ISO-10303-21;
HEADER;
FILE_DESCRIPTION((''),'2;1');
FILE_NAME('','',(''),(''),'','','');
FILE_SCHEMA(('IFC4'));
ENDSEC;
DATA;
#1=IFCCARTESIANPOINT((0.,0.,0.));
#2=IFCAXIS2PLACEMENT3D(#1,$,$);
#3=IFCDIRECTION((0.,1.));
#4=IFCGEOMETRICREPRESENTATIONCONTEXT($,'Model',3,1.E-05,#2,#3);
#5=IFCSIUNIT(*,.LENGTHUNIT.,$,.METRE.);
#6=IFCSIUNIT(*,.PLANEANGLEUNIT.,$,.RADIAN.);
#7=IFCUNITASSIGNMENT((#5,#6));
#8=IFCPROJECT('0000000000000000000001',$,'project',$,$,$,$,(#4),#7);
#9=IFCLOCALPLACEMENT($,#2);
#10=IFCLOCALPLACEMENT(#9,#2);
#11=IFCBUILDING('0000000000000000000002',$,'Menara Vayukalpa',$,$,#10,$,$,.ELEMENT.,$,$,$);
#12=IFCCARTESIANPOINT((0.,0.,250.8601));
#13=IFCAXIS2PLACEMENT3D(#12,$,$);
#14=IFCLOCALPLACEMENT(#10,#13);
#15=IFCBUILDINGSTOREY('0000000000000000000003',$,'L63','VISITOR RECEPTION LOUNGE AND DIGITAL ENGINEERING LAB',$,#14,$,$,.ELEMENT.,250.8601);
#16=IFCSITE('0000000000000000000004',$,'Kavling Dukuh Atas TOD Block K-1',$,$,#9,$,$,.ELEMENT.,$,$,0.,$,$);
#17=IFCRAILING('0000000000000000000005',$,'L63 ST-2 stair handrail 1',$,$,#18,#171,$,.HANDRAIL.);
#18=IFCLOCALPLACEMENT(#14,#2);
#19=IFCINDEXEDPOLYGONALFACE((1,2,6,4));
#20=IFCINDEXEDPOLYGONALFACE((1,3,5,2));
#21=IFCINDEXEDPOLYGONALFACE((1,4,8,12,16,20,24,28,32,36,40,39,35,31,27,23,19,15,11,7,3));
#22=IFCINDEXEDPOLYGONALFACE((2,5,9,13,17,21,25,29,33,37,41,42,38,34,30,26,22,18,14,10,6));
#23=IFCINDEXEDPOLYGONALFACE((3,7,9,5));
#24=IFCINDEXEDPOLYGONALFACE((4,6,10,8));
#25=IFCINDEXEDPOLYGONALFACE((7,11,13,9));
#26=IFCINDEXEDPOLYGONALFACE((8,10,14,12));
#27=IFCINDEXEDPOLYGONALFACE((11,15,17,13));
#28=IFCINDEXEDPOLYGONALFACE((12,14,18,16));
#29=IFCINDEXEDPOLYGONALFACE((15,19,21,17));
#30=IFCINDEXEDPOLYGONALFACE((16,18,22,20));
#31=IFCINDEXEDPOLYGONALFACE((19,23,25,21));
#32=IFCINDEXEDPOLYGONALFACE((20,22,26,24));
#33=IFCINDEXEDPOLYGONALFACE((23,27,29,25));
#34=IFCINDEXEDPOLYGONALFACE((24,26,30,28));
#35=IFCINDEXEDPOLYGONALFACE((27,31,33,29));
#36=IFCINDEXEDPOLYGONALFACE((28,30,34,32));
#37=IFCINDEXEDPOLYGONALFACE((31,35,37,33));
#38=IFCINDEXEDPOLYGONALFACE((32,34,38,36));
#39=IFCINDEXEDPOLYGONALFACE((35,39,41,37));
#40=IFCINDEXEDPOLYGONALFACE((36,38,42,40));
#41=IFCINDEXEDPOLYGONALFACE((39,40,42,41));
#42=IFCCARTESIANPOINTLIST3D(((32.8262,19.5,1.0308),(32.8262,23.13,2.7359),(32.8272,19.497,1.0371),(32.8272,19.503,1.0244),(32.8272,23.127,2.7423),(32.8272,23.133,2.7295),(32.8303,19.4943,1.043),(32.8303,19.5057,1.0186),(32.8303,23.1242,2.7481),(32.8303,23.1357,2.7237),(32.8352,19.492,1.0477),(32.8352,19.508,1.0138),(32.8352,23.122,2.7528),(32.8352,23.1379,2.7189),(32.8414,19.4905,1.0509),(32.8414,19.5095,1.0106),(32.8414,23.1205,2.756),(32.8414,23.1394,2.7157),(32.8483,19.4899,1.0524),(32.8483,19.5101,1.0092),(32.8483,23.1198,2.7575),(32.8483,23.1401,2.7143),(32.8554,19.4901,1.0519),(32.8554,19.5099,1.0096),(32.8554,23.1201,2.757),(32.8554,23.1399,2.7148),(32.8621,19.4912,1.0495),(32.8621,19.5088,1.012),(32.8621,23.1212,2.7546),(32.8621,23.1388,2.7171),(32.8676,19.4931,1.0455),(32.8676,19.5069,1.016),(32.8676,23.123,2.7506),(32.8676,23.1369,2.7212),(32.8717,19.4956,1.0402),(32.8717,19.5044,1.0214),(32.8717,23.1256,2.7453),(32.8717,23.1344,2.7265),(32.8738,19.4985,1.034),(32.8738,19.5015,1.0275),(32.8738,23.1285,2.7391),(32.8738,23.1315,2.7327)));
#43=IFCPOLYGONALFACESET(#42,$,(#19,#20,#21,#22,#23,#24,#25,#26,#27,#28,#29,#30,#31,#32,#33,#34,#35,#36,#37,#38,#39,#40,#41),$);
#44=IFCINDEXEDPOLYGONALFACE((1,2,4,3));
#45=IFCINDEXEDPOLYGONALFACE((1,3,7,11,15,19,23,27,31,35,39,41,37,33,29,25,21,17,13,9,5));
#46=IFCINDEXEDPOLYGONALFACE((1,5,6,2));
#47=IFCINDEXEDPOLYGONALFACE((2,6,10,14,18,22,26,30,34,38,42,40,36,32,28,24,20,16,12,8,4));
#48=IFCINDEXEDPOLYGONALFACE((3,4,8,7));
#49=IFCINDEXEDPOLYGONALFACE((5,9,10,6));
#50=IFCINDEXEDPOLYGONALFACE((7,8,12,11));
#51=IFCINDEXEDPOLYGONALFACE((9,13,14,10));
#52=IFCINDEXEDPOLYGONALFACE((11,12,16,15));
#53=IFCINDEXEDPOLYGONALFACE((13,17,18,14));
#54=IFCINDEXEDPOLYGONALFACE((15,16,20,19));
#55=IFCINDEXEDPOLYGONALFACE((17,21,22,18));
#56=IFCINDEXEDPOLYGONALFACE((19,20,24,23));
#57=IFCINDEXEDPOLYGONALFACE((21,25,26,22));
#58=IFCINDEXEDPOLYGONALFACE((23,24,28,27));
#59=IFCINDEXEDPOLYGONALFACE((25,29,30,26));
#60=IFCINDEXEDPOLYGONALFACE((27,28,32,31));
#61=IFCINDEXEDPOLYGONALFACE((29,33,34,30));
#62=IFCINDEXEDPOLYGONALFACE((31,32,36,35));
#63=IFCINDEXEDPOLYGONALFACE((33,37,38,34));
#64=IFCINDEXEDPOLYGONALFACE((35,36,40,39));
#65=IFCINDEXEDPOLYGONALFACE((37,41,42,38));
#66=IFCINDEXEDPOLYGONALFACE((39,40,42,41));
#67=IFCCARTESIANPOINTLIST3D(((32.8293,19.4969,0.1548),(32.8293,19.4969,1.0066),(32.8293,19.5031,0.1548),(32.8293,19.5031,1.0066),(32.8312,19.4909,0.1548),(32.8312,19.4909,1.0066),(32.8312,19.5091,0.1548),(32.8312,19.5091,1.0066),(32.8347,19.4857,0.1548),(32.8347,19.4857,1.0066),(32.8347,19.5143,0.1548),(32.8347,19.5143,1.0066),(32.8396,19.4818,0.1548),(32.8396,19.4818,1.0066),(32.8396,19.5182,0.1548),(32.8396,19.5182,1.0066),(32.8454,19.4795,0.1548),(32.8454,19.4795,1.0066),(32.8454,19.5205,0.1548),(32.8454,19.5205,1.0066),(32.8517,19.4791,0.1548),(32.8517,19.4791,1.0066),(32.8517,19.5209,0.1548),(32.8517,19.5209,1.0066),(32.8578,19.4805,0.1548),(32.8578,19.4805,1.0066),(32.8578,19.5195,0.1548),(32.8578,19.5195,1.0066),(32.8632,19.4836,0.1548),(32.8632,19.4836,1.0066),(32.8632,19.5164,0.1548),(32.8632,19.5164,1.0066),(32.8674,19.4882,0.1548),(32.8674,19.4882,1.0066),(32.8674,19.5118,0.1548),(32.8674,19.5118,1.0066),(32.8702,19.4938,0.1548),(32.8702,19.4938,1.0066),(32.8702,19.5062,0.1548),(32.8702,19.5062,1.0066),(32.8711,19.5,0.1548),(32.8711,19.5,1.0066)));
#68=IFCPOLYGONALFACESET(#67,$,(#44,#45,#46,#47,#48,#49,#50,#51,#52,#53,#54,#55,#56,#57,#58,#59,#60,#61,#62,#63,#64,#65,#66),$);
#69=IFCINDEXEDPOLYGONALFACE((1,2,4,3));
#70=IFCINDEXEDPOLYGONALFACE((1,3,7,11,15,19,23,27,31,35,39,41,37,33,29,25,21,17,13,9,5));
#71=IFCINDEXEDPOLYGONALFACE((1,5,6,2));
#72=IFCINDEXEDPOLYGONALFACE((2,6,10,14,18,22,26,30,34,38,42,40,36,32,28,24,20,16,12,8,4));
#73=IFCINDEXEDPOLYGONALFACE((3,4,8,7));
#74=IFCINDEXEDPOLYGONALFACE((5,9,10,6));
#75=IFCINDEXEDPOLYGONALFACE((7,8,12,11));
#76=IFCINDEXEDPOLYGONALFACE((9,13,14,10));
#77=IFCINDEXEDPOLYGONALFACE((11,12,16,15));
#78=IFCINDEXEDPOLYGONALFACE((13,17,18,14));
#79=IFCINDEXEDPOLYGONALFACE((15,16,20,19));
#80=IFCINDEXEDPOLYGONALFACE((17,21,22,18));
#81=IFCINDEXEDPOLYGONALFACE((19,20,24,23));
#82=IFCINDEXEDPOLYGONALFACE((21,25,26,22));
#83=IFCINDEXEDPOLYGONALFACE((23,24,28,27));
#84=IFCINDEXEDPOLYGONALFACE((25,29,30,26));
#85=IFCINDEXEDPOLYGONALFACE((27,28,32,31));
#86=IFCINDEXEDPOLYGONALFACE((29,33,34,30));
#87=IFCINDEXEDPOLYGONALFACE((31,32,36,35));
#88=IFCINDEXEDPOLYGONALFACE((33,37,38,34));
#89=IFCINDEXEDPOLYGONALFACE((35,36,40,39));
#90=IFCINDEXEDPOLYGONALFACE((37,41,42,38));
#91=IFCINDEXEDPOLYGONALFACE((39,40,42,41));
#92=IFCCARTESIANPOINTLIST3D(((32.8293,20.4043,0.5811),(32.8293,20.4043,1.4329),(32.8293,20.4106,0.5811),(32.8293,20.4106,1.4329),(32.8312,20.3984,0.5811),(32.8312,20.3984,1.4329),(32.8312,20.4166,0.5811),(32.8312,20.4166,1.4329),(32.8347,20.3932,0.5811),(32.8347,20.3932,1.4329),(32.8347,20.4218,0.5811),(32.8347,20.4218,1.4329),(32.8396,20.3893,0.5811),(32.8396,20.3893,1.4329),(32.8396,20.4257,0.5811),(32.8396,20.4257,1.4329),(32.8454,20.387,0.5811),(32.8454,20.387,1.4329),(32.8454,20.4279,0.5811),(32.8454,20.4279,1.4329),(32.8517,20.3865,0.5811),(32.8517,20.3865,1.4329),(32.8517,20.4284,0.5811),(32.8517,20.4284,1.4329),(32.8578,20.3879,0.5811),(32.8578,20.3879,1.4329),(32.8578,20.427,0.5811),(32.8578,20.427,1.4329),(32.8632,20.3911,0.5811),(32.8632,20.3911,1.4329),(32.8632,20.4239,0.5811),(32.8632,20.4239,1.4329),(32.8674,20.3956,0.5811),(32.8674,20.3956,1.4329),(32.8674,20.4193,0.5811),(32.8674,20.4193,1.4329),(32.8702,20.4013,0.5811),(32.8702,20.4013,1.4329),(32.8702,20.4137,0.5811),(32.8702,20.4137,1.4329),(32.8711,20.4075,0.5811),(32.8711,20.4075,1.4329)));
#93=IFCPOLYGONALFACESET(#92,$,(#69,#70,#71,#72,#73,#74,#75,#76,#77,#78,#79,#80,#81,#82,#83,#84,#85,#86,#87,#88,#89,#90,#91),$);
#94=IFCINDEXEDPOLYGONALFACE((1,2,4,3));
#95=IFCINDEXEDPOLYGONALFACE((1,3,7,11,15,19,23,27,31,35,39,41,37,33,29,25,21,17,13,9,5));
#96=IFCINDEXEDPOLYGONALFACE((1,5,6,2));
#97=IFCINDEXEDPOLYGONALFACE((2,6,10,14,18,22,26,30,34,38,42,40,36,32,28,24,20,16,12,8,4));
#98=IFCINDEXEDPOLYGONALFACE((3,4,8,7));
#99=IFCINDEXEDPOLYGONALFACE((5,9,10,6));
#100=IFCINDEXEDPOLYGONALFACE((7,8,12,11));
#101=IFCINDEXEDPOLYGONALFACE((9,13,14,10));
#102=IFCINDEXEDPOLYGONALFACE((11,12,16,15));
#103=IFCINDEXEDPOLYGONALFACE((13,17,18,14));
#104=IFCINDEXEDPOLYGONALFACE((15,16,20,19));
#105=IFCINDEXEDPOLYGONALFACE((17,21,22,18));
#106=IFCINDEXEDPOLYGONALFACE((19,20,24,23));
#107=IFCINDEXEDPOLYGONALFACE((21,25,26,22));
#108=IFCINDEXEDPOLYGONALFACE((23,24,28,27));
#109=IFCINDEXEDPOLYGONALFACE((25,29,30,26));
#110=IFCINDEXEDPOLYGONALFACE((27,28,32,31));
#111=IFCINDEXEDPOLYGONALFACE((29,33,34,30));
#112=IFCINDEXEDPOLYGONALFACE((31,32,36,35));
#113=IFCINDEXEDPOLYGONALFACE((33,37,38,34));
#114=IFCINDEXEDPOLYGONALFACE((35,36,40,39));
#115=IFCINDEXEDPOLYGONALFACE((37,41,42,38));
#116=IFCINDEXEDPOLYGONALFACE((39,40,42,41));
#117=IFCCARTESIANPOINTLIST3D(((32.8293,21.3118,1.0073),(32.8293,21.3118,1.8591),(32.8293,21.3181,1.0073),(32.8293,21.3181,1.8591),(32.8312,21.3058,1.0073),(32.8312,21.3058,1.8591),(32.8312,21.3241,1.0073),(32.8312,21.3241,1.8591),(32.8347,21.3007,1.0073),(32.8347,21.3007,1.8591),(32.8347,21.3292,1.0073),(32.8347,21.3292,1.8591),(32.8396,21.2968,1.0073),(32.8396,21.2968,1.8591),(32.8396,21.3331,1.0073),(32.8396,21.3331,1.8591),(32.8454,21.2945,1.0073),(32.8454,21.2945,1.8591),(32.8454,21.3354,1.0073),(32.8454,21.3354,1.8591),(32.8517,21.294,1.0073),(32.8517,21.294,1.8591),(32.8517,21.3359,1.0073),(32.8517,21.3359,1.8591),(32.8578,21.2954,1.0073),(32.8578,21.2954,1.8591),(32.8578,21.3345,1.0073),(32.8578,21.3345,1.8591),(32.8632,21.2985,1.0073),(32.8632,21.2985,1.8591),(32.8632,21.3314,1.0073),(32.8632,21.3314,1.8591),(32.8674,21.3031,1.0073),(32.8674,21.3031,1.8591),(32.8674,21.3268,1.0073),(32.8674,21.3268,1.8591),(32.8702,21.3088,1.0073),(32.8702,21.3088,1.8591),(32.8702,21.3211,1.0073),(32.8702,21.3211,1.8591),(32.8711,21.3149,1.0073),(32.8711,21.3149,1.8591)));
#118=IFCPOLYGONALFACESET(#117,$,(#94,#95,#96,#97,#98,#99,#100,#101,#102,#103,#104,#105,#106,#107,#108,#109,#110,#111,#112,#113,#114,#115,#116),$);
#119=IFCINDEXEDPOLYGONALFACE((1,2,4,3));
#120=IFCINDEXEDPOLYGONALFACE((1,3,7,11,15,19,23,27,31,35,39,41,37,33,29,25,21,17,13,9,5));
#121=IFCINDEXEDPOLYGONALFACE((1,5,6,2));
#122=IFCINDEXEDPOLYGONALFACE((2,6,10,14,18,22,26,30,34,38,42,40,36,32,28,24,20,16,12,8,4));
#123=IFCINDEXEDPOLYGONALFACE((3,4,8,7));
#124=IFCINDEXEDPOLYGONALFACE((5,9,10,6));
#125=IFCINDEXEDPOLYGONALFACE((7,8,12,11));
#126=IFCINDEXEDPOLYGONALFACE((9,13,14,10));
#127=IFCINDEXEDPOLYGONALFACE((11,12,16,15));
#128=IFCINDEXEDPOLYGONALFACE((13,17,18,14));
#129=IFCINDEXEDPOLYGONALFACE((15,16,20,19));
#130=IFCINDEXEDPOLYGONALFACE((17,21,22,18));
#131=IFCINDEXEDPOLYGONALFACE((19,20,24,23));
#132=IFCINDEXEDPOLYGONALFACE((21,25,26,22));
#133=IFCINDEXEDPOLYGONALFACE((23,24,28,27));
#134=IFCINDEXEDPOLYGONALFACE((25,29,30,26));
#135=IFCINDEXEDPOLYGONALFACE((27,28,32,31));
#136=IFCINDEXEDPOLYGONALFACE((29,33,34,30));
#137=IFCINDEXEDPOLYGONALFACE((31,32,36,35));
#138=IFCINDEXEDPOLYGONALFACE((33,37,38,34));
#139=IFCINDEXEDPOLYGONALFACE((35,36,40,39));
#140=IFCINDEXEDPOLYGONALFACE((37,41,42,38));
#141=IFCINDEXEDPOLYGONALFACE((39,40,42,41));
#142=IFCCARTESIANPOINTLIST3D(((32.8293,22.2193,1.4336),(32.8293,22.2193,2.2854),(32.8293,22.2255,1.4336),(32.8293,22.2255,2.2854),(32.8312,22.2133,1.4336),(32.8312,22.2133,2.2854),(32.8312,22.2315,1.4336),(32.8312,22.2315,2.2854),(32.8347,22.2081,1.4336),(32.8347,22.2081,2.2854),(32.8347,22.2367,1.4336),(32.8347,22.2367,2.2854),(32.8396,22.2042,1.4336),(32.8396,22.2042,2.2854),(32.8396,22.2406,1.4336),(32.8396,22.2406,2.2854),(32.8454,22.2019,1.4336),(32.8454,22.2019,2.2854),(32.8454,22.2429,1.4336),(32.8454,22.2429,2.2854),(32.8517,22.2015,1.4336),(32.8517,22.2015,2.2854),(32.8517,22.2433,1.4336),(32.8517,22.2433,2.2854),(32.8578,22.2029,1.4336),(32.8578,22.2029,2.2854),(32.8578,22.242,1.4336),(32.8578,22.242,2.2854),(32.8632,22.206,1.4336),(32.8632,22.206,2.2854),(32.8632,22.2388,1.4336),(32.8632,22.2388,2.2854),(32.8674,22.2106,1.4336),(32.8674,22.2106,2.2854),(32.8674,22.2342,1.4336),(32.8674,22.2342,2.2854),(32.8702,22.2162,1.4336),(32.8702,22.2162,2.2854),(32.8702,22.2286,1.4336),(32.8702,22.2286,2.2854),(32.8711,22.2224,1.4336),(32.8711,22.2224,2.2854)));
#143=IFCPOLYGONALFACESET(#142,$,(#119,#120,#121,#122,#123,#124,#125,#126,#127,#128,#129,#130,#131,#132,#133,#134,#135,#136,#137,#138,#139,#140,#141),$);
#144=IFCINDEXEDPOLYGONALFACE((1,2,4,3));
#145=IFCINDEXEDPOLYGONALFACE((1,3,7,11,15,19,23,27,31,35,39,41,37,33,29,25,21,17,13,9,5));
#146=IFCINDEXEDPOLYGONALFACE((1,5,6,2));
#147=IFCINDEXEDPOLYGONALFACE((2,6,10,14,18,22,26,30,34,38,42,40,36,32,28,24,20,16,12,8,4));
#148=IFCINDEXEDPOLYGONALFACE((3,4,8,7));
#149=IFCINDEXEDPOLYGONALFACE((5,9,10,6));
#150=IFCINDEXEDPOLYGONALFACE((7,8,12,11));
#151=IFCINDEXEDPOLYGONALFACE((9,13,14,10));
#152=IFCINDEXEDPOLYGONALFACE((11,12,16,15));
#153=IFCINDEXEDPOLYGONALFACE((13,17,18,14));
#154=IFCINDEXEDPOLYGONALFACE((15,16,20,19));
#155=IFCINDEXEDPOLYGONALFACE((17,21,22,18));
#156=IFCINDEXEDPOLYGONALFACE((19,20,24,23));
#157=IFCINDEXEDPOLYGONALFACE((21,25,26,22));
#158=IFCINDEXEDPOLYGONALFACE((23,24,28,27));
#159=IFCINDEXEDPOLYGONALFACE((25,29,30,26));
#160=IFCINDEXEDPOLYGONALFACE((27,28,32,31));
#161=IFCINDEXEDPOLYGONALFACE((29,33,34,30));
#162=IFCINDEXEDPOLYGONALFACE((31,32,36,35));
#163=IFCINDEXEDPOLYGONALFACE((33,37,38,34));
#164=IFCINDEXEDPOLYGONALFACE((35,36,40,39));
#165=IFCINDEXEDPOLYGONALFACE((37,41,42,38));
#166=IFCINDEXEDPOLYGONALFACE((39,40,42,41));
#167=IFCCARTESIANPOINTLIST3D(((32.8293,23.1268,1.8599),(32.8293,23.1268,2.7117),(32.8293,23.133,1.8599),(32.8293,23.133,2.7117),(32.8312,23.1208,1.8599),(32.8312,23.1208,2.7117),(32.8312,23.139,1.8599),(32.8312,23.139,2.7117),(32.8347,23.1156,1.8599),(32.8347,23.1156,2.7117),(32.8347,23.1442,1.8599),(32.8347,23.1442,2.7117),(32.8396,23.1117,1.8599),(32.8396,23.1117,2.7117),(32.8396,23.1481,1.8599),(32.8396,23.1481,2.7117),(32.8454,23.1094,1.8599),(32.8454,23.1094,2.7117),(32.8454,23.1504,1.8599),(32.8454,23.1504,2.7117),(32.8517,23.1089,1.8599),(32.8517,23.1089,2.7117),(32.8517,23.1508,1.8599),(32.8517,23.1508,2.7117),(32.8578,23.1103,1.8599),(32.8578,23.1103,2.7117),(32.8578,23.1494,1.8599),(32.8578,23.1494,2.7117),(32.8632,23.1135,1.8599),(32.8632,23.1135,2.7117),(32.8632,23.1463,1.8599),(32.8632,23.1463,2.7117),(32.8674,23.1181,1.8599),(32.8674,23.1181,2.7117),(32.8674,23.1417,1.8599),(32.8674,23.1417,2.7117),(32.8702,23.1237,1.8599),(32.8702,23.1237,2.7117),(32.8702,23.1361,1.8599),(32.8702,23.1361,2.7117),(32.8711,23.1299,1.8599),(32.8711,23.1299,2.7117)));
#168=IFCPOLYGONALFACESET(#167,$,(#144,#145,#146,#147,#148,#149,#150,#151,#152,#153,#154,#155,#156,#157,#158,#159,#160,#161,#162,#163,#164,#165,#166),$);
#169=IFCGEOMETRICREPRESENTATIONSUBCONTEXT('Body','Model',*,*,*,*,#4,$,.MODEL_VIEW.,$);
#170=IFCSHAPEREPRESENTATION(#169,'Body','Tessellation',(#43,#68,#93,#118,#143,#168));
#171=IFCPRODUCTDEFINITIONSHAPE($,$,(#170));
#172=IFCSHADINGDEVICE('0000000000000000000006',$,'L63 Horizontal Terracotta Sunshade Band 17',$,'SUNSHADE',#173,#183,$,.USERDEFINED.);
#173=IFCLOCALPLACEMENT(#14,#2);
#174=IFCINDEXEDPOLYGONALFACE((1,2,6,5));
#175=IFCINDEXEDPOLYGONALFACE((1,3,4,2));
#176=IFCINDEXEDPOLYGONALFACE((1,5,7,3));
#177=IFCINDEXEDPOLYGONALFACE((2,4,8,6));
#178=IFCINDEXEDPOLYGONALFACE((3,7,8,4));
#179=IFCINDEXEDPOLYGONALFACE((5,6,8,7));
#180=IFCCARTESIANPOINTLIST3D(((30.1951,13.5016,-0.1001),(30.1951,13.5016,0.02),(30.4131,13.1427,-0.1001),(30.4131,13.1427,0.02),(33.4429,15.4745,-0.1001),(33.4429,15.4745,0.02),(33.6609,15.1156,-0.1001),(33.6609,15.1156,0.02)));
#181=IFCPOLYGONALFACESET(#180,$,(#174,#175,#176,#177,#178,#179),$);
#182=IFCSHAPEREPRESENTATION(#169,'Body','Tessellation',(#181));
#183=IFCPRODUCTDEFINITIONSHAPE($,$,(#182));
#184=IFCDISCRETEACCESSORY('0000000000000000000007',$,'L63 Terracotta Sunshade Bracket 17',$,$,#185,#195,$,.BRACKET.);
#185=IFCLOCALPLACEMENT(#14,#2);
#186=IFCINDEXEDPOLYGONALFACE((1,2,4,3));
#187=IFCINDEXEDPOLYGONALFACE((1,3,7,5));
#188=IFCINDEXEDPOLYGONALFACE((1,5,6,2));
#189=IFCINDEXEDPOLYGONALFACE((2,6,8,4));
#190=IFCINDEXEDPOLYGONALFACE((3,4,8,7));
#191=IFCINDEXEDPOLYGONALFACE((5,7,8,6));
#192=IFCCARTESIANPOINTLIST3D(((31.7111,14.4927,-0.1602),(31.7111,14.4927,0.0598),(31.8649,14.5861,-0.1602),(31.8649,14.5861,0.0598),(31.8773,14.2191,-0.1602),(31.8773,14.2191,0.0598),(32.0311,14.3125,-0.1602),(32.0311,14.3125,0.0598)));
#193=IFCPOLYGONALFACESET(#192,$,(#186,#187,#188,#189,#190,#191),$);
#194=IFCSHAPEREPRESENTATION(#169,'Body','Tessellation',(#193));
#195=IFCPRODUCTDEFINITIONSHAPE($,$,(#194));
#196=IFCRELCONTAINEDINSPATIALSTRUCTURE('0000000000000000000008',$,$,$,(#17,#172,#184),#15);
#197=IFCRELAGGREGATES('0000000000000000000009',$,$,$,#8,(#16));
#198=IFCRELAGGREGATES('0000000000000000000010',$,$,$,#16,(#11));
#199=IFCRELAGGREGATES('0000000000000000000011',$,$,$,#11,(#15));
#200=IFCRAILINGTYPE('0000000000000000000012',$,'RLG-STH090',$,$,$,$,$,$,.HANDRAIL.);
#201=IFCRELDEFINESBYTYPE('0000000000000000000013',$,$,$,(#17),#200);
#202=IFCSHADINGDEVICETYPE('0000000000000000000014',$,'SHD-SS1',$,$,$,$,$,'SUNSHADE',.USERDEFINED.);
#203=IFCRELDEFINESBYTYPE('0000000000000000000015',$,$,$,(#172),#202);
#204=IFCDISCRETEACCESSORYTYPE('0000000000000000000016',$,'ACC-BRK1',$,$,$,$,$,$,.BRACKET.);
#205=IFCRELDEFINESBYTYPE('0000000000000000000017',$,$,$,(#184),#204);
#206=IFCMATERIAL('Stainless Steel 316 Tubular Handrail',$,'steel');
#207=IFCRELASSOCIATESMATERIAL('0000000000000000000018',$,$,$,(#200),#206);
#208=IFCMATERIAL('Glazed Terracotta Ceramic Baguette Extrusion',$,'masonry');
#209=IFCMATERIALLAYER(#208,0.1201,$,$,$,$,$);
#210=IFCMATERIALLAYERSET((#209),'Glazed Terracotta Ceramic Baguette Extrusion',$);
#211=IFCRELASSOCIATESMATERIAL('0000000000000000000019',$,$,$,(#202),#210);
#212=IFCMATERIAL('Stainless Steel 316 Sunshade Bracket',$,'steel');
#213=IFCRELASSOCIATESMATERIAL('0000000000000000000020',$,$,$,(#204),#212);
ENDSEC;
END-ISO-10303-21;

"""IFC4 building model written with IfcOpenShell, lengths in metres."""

from ifc_helpers import new_model, si_unit, direction, frame, origin, origin_2d, place, context, subcontext, project, spatial, rectangle, circle, extrude, material, layer, layer_set, type_object, element, save


model = new_model("IFC4")

# Units and contexts
model_context = context("Model", 3, precision=1e-05, world=origin(), true_north=direction((0.0, 1.0)))
body_context = subcontext(model_context, "Body", "Model", "MODEL_VIEW")
ifc_project = project(units=[si_unit("LENGTHUNIT", "METRE"), si_unit("PLANEANGLEUNIT", "RADIAN")], contexts=[model_context])

# Site, building, storey
site_placement = place(None, origin())
site = spatial("IfcSite", under=ifc_project, at=site_placement, Name="Kavling Dukuh Atas TOD Block K-1", CompositionType="ELEMENT", RefElevation=0.0)
building_placement = place(site_placement, origin())
building = spatial("IfcBuilding", under=site, at=building_placement, Name="Menara Vayukalpa", CompositionType="ELEMENT")
storey_placement = place(building_placement, frame((0.0, 0.0, 250.8601)))
storey = spatial("IfcBuildingStorey", under=building, at=storey_placement, Name="L63", Description="VISITOR RECEPTION LOUNGE AND DIGITAL ENGINEERING LAB", CompositionType="ELEMENT", Elevation=250.8601)

# Railing
ifc_material_1 = material(Name="Stainless Steel 316 Tubular Handrail", Category="steel")
railing_type_1 = type_object("IfcRailingType", Name="RLG-STH090", PredefinedType="HANDRAIL", material=ifc_material_1)
railing_1_placement = place(storey_placement, frame((32.8501, 19.5, 0.1548)))
element("IfcRailing", 1, at=railing_1_placement, inside=storey, type_object=railing_type_1, Name="L63 ST-2 stair handrail 1", PredefinedType="HANDRAIL", context=body_context, shape_type="SweptSolid", body=[
    extrude(circle(Radius=0.0239, at=origin_2d()), frame((0.0, 0.0, 0.876), z_axis=(0.0, 0.905116, 0.425164), x_axis=(-1.0, 0.0, 0.0)), (0.0, 0.0, 1.0), 4.0105),
    extrude(circle(Radius=0.021, at=origin_2d()), origin(), (0.0, 0.0, 1.0), 0.8518),
    extrude(circle(Radius=0.021, at=origin_2d()), frame((0.0, 0.9075, 0.4263)), (0.0, 0.0, 1.0), 0.8518),
    extrude(circle(Radius=0.021, at=origin_2d()), frame((0.0, 1.8149, 0.8525)), (0.0, 0.0, 1.0), 0.8518),
    extrude(circle(Radius=0.021, at=origin_2d()), frame((0.0, 2.7224, 1.2788)), (0.0, 0.0, 1.0), 0.8518),
    extrude(circle(Radius=0.021, at=origin_2d()), frame((0.0, 3.6299, 1.7051)), (0.0, 0.0, 1.0), 0.8518),
])

# Shading device
ifc_material_2 = material(Name="Glazed Terracotta Ceramic Baguette Extrusion", Category="masonry")
ifc_layer_1 = layer(ifc_material_2, 0.1201)
ifc_layer_set_1 = layer_set([ifc_layer_1], Name="Glazed Terracotta Ceramic Baguette Extrusion")
shading_device_type = type_object("IfcShadingDeviceType", Name="SHD-SS1", ElementType="SUNSHADE", PredefinedType="USERDEFINED", material=ifc_layer_set_1)
shading_device_placement = place(storey_placement, frame((31.928, 14.3086, -0.1001), z_axis=(0.0, 0.0, 1.0), x_axis=(0.854667, 0.519176, 0.0)))
element("IfcShadingDevice", 2, at=shading_device_placement, inside=storey, type_object=shading_device_type, Name="L63 Horizontal Terracotta Sunshade Band 17", ObjectType="SUNSHADE", PredefinedType="USERDEFINED", context=body_context, shape_type="SweptSolid", body=[
    extrude(rectangle(XDim=3.8, YDim=0.4199, at=origin_2d()), origin(), (0.0, 0.0, 1.0), 0.1201),
])

# Discrete accessory
ifc_material_3 = material(Name="Stainless Steel 316 Sunshade Bracket", Category="steel")
discrete_accessory_type = type_object("IfcDiscreteAccessoryType", Name="ACC-BRK1", PredefinedType="BRACKET", material=ifc_material_3)
discrete_accessory_placement = place(storey_placement, frame((31.8711, 14.4026, -0.1602), z_axis=(0.0, 0.0, 1.0), x_axis=(0.854667, 0.519176, 0.0)))
element("IfcDiscreteAccessory", 3, at=discrete_accessory_placement, inside=storey, type_object=discrete_accessory_type, Name="L63 Terracotta Sunshade Bracket 17", PredefinedType="BRACKET", context=body_context, shape_type="SweptSolid", body=[
    extrude(rectangle(XDim=0.1799, YDim=0.3201, at=origin_2d()), origin(), (0.0, 0.0, 1.0), 0.22),
])

save(model, "model.ifc")
